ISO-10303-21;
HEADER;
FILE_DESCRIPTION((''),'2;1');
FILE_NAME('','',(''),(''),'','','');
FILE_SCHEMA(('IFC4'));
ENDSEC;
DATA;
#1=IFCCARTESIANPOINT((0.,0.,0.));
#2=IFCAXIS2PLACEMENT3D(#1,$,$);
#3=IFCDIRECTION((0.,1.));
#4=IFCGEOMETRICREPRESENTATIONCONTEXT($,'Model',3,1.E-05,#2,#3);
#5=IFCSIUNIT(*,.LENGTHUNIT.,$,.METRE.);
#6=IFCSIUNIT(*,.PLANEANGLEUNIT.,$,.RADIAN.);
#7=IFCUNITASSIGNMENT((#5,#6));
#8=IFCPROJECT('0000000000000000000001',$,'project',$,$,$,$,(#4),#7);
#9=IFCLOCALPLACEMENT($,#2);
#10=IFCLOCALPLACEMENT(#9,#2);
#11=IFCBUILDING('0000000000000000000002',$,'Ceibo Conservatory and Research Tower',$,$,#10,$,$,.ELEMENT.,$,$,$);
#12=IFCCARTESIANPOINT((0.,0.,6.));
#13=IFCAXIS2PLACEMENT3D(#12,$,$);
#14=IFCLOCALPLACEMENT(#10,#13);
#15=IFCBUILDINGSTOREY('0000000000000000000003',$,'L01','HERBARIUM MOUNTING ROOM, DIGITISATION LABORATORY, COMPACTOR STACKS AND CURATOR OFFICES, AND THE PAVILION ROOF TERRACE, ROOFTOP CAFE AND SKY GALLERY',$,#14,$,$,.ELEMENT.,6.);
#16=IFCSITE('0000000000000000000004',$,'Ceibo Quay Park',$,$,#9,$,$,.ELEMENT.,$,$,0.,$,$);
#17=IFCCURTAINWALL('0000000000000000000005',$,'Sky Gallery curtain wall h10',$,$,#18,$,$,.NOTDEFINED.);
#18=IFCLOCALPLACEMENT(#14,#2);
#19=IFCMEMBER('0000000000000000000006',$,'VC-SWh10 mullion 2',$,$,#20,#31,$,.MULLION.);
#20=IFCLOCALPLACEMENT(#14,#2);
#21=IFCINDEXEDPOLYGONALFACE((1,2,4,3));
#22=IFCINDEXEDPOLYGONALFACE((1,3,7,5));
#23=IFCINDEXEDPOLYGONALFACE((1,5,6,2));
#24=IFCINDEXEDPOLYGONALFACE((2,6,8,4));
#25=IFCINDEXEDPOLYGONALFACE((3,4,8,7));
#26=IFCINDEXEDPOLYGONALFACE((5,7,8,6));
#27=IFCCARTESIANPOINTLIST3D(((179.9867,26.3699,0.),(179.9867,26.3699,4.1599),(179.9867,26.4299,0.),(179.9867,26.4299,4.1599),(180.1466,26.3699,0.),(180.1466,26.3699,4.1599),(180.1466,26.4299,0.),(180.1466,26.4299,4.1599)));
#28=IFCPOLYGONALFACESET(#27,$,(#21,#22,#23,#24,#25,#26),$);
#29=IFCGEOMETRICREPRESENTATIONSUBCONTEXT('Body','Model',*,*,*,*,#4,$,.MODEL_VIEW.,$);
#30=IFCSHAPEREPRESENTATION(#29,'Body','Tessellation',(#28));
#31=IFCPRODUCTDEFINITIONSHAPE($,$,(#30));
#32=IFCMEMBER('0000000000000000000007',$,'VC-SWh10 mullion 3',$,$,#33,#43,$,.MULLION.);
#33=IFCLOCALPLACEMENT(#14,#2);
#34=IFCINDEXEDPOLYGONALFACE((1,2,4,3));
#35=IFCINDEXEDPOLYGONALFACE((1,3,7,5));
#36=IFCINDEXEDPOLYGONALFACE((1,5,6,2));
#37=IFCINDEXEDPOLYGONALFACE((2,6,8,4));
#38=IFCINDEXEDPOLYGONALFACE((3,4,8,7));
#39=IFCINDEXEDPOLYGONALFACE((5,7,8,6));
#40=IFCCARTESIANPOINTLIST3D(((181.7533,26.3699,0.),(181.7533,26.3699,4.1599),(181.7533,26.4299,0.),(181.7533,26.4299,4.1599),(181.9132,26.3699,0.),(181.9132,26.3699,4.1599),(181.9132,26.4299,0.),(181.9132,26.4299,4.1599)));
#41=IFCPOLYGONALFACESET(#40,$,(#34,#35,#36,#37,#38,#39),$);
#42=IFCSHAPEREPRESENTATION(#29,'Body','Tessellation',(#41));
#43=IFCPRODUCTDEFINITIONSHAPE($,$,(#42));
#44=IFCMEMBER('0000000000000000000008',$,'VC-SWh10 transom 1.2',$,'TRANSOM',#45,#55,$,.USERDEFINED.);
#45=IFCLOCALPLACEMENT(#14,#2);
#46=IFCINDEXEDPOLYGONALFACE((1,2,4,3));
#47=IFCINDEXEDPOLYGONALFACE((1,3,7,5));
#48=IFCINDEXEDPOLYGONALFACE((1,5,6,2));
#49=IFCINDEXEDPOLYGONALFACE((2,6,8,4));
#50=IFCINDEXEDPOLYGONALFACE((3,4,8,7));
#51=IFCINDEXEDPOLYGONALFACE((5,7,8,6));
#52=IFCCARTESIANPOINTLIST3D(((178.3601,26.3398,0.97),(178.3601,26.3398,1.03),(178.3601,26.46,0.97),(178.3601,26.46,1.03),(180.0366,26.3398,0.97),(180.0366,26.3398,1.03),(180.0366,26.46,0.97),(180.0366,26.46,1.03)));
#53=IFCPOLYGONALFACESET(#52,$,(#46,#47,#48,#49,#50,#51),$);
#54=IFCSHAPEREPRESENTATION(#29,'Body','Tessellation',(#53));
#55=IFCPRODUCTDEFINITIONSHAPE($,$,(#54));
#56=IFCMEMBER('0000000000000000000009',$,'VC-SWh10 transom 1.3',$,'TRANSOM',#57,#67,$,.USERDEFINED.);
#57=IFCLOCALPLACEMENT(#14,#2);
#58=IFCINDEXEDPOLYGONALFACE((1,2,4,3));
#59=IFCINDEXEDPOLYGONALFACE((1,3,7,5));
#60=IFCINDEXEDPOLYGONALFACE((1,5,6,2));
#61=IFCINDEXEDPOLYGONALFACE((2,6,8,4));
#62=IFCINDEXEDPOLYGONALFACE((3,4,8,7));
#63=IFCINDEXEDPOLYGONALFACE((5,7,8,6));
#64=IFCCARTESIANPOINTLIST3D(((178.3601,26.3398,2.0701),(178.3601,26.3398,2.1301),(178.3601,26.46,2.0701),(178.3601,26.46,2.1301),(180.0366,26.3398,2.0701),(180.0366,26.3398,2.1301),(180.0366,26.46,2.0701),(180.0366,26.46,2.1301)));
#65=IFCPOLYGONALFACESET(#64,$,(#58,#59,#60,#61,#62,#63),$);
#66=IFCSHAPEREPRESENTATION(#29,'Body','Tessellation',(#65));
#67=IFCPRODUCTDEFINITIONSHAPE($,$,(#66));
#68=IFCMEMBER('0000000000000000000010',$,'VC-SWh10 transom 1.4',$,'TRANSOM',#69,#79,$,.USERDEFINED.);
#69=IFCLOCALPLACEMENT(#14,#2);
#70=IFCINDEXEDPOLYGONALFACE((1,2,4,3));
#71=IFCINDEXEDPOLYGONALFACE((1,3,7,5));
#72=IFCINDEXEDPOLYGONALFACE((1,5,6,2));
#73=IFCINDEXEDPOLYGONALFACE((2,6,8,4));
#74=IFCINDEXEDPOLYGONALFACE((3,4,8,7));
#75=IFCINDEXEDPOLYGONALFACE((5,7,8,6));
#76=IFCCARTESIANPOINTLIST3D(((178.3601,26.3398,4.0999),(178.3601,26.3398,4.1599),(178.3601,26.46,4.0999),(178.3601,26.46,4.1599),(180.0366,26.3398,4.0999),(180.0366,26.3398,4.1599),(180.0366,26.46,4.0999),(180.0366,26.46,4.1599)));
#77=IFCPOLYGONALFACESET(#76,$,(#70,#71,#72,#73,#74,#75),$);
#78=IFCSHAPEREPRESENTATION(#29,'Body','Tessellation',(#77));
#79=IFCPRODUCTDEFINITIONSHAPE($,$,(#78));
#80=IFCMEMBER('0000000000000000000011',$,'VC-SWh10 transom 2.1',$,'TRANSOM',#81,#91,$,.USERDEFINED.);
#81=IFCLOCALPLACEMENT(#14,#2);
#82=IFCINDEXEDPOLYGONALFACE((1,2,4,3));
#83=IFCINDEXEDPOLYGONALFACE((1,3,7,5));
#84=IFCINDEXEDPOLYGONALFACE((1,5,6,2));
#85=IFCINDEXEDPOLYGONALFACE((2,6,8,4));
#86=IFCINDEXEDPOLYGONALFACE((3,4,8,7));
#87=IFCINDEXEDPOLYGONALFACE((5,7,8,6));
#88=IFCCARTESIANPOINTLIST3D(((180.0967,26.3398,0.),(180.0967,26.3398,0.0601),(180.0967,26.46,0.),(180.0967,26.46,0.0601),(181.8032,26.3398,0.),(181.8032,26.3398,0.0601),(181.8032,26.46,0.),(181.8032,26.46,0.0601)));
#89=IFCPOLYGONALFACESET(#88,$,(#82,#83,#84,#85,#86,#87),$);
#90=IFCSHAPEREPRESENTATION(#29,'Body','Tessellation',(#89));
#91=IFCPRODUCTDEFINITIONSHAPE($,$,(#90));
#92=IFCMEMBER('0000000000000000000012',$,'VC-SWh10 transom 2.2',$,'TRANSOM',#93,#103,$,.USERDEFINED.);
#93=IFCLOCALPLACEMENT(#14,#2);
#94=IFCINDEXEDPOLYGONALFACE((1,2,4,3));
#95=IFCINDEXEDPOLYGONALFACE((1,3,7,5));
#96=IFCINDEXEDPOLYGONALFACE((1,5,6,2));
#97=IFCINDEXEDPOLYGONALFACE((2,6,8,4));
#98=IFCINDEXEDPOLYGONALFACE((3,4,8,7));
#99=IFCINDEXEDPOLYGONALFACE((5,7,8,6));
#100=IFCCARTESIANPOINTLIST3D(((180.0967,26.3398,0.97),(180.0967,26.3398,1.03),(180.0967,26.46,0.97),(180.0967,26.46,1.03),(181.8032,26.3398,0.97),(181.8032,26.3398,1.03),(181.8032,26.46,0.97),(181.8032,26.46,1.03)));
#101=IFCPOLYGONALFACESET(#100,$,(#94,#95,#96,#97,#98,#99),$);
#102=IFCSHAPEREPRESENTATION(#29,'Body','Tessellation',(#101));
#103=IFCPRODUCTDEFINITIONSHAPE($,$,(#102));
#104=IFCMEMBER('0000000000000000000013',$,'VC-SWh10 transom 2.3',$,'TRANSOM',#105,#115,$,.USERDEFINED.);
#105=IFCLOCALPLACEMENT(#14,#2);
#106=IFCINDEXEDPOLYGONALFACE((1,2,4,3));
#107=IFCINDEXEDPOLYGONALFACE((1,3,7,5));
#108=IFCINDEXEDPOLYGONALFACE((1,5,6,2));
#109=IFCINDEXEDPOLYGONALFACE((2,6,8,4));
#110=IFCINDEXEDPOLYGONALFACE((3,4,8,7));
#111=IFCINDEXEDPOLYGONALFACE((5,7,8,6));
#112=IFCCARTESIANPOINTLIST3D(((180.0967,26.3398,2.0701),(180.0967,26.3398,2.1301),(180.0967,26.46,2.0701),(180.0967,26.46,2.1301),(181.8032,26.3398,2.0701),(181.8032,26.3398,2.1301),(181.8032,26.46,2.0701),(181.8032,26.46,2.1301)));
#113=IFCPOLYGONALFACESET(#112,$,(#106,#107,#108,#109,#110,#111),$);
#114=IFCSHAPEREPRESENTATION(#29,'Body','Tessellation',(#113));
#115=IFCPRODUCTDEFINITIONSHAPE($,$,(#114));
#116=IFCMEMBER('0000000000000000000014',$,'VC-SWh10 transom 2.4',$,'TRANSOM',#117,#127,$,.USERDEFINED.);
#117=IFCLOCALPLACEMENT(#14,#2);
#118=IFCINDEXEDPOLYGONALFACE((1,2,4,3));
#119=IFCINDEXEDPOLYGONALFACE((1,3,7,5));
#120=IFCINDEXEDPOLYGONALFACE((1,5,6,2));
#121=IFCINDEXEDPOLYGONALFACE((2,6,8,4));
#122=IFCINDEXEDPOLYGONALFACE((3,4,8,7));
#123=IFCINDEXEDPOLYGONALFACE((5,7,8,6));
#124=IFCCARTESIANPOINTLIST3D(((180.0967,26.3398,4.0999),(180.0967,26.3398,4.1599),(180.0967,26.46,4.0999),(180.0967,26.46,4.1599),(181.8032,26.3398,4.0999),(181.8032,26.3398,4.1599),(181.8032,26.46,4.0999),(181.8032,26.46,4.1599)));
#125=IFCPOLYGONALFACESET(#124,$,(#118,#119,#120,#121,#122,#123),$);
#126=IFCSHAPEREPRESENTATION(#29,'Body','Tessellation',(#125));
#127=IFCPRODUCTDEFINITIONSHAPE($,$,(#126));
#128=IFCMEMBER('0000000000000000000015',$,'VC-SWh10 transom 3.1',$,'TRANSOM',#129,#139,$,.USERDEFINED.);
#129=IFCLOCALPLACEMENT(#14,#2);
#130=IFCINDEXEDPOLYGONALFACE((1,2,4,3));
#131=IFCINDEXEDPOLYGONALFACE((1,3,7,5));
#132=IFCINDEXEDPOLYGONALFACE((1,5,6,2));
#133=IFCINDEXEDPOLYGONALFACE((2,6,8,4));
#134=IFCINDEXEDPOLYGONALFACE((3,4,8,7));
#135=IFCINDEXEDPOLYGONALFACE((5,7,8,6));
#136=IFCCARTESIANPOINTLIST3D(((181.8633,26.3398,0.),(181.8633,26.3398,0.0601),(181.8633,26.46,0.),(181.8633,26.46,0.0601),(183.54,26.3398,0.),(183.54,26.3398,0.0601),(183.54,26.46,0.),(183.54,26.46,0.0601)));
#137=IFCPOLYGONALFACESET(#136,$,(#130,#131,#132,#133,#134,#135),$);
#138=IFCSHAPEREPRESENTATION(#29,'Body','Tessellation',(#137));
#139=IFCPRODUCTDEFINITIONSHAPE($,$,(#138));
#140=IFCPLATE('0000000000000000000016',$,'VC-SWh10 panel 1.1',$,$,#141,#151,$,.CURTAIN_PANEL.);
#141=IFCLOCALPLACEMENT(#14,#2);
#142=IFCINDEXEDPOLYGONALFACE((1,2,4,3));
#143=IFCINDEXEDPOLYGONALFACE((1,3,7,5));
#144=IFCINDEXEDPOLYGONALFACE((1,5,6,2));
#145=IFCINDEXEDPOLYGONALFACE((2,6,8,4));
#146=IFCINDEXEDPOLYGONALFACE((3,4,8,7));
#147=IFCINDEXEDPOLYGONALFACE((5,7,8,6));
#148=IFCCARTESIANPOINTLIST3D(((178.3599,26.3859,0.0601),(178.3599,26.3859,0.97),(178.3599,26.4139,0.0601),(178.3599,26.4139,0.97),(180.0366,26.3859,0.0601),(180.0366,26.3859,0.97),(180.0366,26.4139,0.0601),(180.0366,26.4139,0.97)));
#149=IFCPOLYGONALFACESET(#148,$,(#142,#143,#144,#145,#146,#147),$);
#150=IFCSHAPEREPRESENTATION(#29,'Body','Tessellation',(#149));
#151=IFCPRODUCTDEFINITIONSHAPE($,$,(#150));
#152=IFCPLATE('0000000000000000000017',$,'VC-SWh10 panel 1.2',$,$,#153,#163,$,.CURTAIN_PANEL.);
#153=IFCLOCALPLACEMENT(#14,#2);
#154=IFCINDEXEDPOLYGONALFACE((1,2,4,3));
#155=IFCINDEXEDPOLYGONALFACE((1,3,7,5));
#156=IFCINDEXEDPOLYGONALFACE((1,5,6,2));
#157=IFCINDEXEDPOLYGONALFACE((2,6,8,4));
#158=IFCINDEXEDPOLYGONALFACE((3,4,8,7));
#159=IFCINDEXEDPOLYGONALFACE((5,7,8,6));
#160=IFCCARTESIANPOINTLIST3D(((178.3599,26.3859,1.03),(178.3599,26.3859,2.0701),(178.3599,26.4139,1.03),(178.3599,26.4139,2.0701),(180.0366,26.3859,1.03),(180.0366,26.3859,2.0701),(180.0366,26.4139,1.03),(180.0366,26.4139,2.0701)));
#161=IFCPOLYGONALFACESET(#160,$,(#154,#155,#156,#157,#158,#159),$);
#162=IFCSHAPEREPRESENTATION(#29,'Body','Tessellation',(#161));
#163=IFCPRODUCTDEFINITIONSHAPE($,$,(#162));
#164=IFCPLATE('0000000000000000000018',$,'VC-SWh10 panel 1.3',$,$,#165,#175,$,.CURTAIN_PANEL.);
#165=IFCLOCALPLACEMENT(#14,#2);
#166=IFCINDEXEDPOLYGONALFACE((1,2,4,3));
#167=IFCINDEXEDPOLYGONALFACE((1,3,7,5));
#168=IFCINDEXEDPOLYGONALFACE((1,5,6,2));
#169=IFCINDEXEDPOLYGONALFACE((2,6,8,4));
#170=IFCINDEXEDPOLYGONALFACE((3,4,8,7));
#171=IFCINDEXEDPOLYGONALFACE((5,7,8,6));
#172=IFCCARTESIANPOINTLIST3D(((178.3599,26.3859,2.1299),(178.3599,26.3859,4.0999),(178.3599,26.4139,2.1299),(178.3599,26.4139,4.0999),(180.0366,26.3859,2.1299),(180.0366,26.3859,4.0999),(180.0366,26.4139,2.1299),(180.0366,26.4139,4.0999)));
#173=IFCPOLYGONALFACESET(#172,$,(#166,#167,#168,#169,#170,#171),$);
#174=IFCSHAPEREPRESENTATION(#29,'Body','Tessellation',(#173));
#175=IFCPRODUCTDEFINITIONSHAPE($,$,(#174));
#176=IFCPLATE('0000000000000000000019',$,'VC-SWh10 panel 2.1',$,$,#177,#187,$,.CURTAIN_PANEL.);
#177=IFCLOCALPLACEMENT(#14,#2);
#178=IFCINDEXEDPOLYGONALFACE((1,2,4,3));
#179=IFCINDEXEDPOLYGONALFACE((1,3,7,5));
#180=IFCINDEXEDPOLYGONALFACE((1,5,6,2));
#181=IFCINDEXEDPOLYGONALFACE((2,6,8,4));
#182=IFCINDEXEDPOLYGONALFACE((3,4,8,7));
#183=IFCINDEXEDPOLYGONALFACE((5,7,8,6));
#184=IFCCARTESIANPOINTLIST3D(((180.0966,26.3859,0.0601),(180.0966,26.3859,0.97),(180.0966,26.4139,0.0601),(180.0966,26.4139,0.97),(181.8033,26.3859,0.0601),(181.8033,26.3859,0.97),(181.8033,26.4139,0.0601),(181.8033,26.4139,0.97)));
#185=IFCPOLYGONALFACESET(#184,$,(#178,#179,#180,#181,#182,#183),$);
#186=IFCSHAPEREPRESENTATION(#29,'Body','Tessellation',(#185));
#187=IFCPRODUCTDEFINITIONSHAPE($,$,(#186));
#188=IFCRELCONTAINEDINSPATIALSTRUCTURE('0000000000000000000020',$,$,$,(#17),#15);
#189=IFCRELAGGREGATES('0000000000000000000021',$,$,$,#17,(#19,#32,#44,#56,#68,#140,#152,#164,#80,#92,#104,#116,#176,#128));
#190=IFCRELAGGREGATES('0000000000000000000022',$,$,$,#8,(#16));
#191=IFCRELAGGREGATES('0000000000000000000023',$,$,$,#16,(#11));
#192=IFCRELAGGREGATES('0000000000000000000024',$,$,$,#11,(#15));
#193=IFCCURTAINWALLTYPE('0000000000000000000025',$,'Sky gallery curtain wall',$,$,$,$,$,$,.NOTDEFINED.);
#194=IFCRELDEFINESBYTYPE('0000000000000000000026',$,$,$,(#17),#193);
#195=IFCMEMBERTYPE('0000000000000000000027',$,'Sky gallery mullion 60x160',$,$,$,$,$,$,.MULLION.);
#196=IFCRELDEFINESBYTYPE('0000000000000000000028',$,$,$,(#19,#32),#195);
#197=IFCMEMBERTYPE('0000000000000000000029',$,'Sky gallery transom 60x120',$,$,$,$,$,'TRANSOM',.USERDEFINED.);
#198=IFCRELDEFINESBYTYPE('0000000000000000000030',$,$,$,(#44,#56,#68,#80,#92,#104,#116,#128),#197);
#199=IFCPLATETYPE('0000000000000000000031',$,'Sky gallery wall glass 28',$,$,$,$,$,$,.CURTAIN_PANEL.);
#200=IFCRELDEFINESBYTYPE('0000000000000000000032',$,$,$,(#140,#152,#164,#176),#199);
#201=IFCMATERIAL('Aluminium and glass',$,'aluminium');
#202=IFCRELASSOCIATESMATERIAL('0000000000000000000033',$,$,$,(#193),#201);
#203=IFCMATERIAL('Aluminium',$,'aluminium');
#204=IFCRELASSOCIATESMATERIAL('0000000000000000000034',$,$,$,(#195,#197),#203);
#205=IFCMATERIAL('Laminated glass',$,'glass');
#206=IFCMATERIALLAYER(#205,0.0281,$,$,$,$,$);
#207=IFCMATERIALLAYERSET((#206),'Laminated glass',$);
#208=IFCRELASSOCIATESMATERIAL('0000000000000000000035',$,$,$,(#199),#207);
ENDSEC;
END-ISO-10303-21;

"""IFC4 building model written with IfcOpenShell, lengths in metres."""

from ifc_helpers import new_model, si_unit, direction, frame, origin, origin_2d, place, context, subcontext, project, spatial, rectangle, extrude, material, layer, layer_set, material_profile, profile_set, type_object, element, aggregate, save


model = new_model("IFC4")

# Units and contexts
model_context = context("Model", 3, precision=1e-05, world=origin(), true_north=direction((0.0, 1.0)))
body_context = subcontext(model_context, "Body", "Model", "MODEL_VIEW")
ifc_project = project(units=[si_unit("LENGTHUNIT", "METRE"), si_unit("PLANEANGLEUNIT", "RADIAN")], contexts=[model_context])

# Site, building, storey
site_placement = place(None, origin())
site = spatial("IfcSite", under=ifc_project, at=site_placement, Name="Ceibo Quay Park", CompositionType="ELEMENT", RefElevation=0.0)
building_placement = place(site_placement, origin())
building = spatial("IfcBuilding", under=site, at=building_placement, Name="Ceibo Conservatory and Research Tower", CompositionType="ELEMENT")
storey_placement = place(building_placement, frame((0.0, 0.0, 6.0)))
storey = spatial("IfcBuildingStorey", under=building, at=storey_placement, Name="L01", Description="HERBARIUM MOUNTING ROOM, DIGITISATION LABORATORY, COMPACTOR STACKS AND CURATOR OFFICES, AND THE PAVILION ROOF TERRACE, ROOFTOP CAFE AND SKY GALLERY", CompositionType="ELEMENT", Elevation=6.0)

# Curtain wall, members, plates
ifc_material_1 = material(Name="Aluminium and glass", Category="aluminium")
curtain_wall_type = type_object("IfcCurtainWallType", Name="Sky gallery curtain wall", PredefinedType="NOTDEFINED", material=ifc_material_1)
curtain_wall_placement = place(storey_placement, origin())
curtain_wall = element("IfcCurtainWall", 1, at=curtain_wall_placement, inside=storey, type_object=curtain_wall_type, Name="Sky Gallery curtain wall h10", PredefinedType="NOTDEFINED")
ifc_material_2 = material(Name="Aluminium", Category="aluminium")
ifc_material_profile_1 = material_profile(ifc_material_2, rectangle(XDim=0.0601, YDim=0.1599, at=origin_2d()), Name="AL 60x160")
ifc_profile_set_1 = profile_set([ifc_material_profile_1], Name="Aluminium")
member_type_1 = type_object("IfcMemberType", Name="Sky gallery mullion 60x160", PredefinedType="MULLION", material=ifc_profile_set_1)
member_1_placement = place(storey_placement, frame((180.0667, 26.3999, 0.0), z_axis=(0.0, 0.0, 1.0), x_axis=(0.0, 1.0, 0.0)))
member_1 = element("IfcMember", 2, at=member_1_placement, type_object=member_type_1, Name="VC-SWh10 mullion 2", PredefinedType="MULLION", context=body_context, shape_type="SweptSolid", body=[
    extrude(rectangle(XDim=0.0601, YDim=0.1599, at=origin_2d()), origin(), (0.0, 0.0, 1.0), 4.1599),
])
member_2_placement = place(storey_placement, frame((181.8333, 26.3999, 0.0), z_axis=(0.0, 0.0, 1.0), x_axis=(0.0, 1.0, 0.0)))
member_2 = element("IfcMember", 3, at=member_2_placement, type_object=member_type_1, Name="VC-SWh10 mullion 3", PredefinedType="MULLION", context=body_context, shape_type="SweptSolid", body=[
    extrude(rectangle(XDim=0.0601, YDim=0.1599, at=origin_2d()), origin(), (0.0, 0.0, 1.0), 4.1599),
])
ifc_material_profile_2 = material_profile(ifc_material_2, rectangle(XDim=0.1201, YDim=0.0601, at=origin_2d()), Name="AL 60x120")
ifc_profile_set_2 = profile_set([ifc_material_profile_2], Name="Aluminium")
member_type_2 = type_object("IfcMemberType", Name="Sky gallery transom 60x120", ElementType="TRANSOM", PredefinedType="USERDEFINED", material=ifc_profile_set_2)
member_3_placement = place(storey_placement, frame((178.3601, 26.3999, 1.0), z_axis=(1.0, 0.0, 0.0), x_axis=(0.0, 1.0, 0.0)))
member_3 = element("IfcMember", 4, at=member_3_placement, type_object=member_type_2, Name="VC-SWh10 transom 1.2", ObjectType="TRANSOM", PredefinedType="USERDEFINED", context=body_context, shape_type="SweptSolid", body=[
    extrude(rectangle(XDim=0.1201, YDim=0.0601, at=origin_2d()), origin(), (0.0, 0.0, 1.0), 1.6765),
])
member_4_placement = place(storey_placement, frame((178.3601, 26.3999, 2.1001), z_axis=(1.0, 0.0, 0.0), x_axis=(0.0, 1.0, 0.0)))
member_4 = element("IfcMember", 5, at=member_4_placement, type_object=member_type_2, Name="VC-SWh10 transom 1.3", ObjectType="TRANSOM", PredefinedType="USERDEFINED", context=body_context, shape_type="SweptSolid", body=[
    extrude(rectangle(XDim=0.1201, YDim=0.0601, at=origin_2d()), origin(), (0.0, 0.0, 1.0), 1.6765),
])
member_5_placement = place(storey_placement, frame((178.3601, 26.3999, 4.1299), z_axis=(1.0, 0.0, 0.0), x_axis=(0.0, 1.0, 0.0)))
member_5 = element("IfcMember", 6, at=member_5_placement, type_object=member_type_2, Name="VC-SWh10 transom 1.4", ObjectType="TRANSOM", PredefinedType="USERDEFINED", context=body_context, shape_type="SweptSolid", body=[
    extrude(rectangle(XDim=0.1201, YDim=0.0601, at=origin_2d()), origin(), (0.0, 0.0, 1.0), 1.6765),
])
member_6_placement = place(storey_placement, frame((180.0967, 26.3999, 0.03), z_axis=(1.0, 0.0, 0.0), x_axis=(0.0, 1.0, 0.0)))
member_6 = element("IfcMember", 7, at=member_6_placement, type_object=member_type_2, Name="VC-SWh10 transom 2.1", ObjectType="TRANSOM", PredefinedType="USERDEFINED", context=body_context, shape_type="SweptSolid", body=[
    extrude(rectangle(XDim=0.1201, YDim=0.0601, at=origin_2d()), origin(), (0.0, 0.0, 1.0), 1.7065),
])
member_7_placement = place(storey_placement, frame((180.0967, 26.3999, 1.0), z_axis=(1.0, 0.0, 0.0), x_axis=(0.0, 1.0, 0.0)))
member_7 = element("IfcMember", 8, at=member_7_placement, type_object=member_type_2, Name="VC-SWh10 transom 2.2", ObjectType="TRANSOM", PredefinedType="USERDEFINED", context=body_context, shape_type="SweptSolid", body=[
    extrude(rectangle(XDim=0.1201, YDim=0.0601, at=origin_2d()), origin(), (0.0, 0.0, 1.0), 1.7065),
])
member_8_placement = place(storey_placement, frame((180.0967, 26.3999, 2.1001), z_axis=(1.0, 0.0, 0.0), x_axis=(0.0, 1.0, 0.0)))
member_8 = element("IfcMember", 9, at=member_8_placement, type_object=member_type_2, Name="VC-SWh10 transom 2.3", ObjectType="TRANSOM", PredefinedType="USERDEFINED", context=body_context, shape_type="SweptSolid", body=[
    extrude(rectangle(XDim=0.1201, YDim=0.0601, at=origin_2d()), origin(), (0.0, 0.0, 1.0), 1.7065),
])
member_9_placement = place(storey_placement, frame((180.0967, 26.3999, 4.1299), z_axis=(1.0, 0.0, 0.0), x_axis=(0.0, 1.0, 0.0)))
member_9 = element("IfcMember", 10, at=member_9_placement, type_object=member_type_2, Name="VC-SWh10 transom 2.4", ObjectType="TRANSOM", PredefinedType="USERDEFINED", context=body_context, shape_type="SweptSolid", body=[
    extrude(rectangle(XDim=0.1201, YDim=0.0601, at=origin_2d()), origin(), (0.0, 0.0, 1.0), 1.7065),
])
member_10_placement = place(storey_placement, frame((181.8633, 26.3999, 0.03), z_axis=(1.0, 0.0, 0.0), x_axis=(0.0, 1.0, 0.0)))
member_10 = element("IfcMember", 11, at=member_10_placement, type_object=member_type_2, Name="VC-SWh10 transom 3.1", ObjectType="TRANSOM", PredefinedType="USERDEFINED", context=body_context, shape_type="SweptSolid", body=[
    extrude(rectangle(XDim=0.1201, YDim=0.0601, at=origin_2d()), origin(), (0.0, 0.0, 1.0), 1.6768),
])
ifc_material_3 = material(Name="Laminated glass", Category="glass")
ifc_layer_1 = layer(ifc_material_3, 0.0281)
ifc_layer_set_1 = layer_set([ifc_layer_1], Name="Laminated glass")
plate_type = type_object("IfcPlateType", Name="Sky gallery wall glass 28", PredefinedType="CURTAIN_PANEL", material=ifc_layer_set_1)
plate_1_placement = place(storey_placement, frame((179.1982, 26.3999, 0.0601), z_axis=(0.0, 0.0, 1.0), x_axis=(1.0, 0.0, 0.0)))
plate_1 = element("IfcPlate", 12, at=plate_1_placement, type_object=plate_type, Name="VC-SWh10 panel 1.1", PredefinedType="CURTAIN_PANEL", context=body_context, shape_type="SweptSolid", body=[
    extrude(rectangle(XDim=1.6768, YDim=0.0281, at=origin_2d()), origin(), (0.0, 0.0, 1.0), 0.9099),
])
plate_2_placement = place(storey_placement, frame((179.1982, 26.3999, 1.03), z_axis=(0.0, 0.0, 1.0), x_axis=(1.0, 0.0, 0.0)))
plate_2 = element("IfcPlate", 13, at=plate_2_placement, type_object=plate_type, Name="VC-SWh10 panel 1.2", PredefinedType="CURTAIN_PANEL", context=body_context, shape_type="SweptSolid", body=[
    extrude(rectangle(XDim=1.6768, YDim=0.0281, at=origin_2d()), origin(), (0.0, 0.0, 1.0), 1.04),
])
plate_3_placement = place(storey_placement, frame((179.1982, 26.3999, 2.1299), z_axis=(0.0, 0.0, 1.0), x_axis=(1.0, 0.0, 0.0)))
plate_3 = element("IfcPlate", 14, at=plate_3_placement, type_object=plate_type, Name="VC-SWh10 panel 1.3", PredefinedType="CURTAIN_PANEL", context=body_context, shape_type="SweptSolid", body=[
    extrude(rectangle(XDim=1.6768, YDim=0.0281, at=origin_2d()), origin(), (0.0, 0.0, 1.0), 1.97),
])
plate_4_placement = place(storey_placement, frame((180.95, 26.3999, 0.0601), z_axis=(0.0, 0.0, 1.0), x_axis=(1.0, 0.0, 0.0)))
plate_4 = element("IfcPlate", 15, at=plate_4_placement, type_object=plate_type, Name="VC-SWh10 panel 2.1", PredefinedType="CURTAIN_PANEL", context=body_context, shape_type="SweptSolid", body=[
    extrude(rectangle(XDim=1.7068, YDim=0.0281, at=origin_2d()), origin(), (0.0, 0.0, 1.0), 0.9099),
])
aggregate(curtain_wall, [member_1, member_2, member_3, member_4, member_5, plate_1, plate_2, plate_3, member_6, member_7, member_8, member_9, plate_4, member_10])

save(model, "model.ifc")
